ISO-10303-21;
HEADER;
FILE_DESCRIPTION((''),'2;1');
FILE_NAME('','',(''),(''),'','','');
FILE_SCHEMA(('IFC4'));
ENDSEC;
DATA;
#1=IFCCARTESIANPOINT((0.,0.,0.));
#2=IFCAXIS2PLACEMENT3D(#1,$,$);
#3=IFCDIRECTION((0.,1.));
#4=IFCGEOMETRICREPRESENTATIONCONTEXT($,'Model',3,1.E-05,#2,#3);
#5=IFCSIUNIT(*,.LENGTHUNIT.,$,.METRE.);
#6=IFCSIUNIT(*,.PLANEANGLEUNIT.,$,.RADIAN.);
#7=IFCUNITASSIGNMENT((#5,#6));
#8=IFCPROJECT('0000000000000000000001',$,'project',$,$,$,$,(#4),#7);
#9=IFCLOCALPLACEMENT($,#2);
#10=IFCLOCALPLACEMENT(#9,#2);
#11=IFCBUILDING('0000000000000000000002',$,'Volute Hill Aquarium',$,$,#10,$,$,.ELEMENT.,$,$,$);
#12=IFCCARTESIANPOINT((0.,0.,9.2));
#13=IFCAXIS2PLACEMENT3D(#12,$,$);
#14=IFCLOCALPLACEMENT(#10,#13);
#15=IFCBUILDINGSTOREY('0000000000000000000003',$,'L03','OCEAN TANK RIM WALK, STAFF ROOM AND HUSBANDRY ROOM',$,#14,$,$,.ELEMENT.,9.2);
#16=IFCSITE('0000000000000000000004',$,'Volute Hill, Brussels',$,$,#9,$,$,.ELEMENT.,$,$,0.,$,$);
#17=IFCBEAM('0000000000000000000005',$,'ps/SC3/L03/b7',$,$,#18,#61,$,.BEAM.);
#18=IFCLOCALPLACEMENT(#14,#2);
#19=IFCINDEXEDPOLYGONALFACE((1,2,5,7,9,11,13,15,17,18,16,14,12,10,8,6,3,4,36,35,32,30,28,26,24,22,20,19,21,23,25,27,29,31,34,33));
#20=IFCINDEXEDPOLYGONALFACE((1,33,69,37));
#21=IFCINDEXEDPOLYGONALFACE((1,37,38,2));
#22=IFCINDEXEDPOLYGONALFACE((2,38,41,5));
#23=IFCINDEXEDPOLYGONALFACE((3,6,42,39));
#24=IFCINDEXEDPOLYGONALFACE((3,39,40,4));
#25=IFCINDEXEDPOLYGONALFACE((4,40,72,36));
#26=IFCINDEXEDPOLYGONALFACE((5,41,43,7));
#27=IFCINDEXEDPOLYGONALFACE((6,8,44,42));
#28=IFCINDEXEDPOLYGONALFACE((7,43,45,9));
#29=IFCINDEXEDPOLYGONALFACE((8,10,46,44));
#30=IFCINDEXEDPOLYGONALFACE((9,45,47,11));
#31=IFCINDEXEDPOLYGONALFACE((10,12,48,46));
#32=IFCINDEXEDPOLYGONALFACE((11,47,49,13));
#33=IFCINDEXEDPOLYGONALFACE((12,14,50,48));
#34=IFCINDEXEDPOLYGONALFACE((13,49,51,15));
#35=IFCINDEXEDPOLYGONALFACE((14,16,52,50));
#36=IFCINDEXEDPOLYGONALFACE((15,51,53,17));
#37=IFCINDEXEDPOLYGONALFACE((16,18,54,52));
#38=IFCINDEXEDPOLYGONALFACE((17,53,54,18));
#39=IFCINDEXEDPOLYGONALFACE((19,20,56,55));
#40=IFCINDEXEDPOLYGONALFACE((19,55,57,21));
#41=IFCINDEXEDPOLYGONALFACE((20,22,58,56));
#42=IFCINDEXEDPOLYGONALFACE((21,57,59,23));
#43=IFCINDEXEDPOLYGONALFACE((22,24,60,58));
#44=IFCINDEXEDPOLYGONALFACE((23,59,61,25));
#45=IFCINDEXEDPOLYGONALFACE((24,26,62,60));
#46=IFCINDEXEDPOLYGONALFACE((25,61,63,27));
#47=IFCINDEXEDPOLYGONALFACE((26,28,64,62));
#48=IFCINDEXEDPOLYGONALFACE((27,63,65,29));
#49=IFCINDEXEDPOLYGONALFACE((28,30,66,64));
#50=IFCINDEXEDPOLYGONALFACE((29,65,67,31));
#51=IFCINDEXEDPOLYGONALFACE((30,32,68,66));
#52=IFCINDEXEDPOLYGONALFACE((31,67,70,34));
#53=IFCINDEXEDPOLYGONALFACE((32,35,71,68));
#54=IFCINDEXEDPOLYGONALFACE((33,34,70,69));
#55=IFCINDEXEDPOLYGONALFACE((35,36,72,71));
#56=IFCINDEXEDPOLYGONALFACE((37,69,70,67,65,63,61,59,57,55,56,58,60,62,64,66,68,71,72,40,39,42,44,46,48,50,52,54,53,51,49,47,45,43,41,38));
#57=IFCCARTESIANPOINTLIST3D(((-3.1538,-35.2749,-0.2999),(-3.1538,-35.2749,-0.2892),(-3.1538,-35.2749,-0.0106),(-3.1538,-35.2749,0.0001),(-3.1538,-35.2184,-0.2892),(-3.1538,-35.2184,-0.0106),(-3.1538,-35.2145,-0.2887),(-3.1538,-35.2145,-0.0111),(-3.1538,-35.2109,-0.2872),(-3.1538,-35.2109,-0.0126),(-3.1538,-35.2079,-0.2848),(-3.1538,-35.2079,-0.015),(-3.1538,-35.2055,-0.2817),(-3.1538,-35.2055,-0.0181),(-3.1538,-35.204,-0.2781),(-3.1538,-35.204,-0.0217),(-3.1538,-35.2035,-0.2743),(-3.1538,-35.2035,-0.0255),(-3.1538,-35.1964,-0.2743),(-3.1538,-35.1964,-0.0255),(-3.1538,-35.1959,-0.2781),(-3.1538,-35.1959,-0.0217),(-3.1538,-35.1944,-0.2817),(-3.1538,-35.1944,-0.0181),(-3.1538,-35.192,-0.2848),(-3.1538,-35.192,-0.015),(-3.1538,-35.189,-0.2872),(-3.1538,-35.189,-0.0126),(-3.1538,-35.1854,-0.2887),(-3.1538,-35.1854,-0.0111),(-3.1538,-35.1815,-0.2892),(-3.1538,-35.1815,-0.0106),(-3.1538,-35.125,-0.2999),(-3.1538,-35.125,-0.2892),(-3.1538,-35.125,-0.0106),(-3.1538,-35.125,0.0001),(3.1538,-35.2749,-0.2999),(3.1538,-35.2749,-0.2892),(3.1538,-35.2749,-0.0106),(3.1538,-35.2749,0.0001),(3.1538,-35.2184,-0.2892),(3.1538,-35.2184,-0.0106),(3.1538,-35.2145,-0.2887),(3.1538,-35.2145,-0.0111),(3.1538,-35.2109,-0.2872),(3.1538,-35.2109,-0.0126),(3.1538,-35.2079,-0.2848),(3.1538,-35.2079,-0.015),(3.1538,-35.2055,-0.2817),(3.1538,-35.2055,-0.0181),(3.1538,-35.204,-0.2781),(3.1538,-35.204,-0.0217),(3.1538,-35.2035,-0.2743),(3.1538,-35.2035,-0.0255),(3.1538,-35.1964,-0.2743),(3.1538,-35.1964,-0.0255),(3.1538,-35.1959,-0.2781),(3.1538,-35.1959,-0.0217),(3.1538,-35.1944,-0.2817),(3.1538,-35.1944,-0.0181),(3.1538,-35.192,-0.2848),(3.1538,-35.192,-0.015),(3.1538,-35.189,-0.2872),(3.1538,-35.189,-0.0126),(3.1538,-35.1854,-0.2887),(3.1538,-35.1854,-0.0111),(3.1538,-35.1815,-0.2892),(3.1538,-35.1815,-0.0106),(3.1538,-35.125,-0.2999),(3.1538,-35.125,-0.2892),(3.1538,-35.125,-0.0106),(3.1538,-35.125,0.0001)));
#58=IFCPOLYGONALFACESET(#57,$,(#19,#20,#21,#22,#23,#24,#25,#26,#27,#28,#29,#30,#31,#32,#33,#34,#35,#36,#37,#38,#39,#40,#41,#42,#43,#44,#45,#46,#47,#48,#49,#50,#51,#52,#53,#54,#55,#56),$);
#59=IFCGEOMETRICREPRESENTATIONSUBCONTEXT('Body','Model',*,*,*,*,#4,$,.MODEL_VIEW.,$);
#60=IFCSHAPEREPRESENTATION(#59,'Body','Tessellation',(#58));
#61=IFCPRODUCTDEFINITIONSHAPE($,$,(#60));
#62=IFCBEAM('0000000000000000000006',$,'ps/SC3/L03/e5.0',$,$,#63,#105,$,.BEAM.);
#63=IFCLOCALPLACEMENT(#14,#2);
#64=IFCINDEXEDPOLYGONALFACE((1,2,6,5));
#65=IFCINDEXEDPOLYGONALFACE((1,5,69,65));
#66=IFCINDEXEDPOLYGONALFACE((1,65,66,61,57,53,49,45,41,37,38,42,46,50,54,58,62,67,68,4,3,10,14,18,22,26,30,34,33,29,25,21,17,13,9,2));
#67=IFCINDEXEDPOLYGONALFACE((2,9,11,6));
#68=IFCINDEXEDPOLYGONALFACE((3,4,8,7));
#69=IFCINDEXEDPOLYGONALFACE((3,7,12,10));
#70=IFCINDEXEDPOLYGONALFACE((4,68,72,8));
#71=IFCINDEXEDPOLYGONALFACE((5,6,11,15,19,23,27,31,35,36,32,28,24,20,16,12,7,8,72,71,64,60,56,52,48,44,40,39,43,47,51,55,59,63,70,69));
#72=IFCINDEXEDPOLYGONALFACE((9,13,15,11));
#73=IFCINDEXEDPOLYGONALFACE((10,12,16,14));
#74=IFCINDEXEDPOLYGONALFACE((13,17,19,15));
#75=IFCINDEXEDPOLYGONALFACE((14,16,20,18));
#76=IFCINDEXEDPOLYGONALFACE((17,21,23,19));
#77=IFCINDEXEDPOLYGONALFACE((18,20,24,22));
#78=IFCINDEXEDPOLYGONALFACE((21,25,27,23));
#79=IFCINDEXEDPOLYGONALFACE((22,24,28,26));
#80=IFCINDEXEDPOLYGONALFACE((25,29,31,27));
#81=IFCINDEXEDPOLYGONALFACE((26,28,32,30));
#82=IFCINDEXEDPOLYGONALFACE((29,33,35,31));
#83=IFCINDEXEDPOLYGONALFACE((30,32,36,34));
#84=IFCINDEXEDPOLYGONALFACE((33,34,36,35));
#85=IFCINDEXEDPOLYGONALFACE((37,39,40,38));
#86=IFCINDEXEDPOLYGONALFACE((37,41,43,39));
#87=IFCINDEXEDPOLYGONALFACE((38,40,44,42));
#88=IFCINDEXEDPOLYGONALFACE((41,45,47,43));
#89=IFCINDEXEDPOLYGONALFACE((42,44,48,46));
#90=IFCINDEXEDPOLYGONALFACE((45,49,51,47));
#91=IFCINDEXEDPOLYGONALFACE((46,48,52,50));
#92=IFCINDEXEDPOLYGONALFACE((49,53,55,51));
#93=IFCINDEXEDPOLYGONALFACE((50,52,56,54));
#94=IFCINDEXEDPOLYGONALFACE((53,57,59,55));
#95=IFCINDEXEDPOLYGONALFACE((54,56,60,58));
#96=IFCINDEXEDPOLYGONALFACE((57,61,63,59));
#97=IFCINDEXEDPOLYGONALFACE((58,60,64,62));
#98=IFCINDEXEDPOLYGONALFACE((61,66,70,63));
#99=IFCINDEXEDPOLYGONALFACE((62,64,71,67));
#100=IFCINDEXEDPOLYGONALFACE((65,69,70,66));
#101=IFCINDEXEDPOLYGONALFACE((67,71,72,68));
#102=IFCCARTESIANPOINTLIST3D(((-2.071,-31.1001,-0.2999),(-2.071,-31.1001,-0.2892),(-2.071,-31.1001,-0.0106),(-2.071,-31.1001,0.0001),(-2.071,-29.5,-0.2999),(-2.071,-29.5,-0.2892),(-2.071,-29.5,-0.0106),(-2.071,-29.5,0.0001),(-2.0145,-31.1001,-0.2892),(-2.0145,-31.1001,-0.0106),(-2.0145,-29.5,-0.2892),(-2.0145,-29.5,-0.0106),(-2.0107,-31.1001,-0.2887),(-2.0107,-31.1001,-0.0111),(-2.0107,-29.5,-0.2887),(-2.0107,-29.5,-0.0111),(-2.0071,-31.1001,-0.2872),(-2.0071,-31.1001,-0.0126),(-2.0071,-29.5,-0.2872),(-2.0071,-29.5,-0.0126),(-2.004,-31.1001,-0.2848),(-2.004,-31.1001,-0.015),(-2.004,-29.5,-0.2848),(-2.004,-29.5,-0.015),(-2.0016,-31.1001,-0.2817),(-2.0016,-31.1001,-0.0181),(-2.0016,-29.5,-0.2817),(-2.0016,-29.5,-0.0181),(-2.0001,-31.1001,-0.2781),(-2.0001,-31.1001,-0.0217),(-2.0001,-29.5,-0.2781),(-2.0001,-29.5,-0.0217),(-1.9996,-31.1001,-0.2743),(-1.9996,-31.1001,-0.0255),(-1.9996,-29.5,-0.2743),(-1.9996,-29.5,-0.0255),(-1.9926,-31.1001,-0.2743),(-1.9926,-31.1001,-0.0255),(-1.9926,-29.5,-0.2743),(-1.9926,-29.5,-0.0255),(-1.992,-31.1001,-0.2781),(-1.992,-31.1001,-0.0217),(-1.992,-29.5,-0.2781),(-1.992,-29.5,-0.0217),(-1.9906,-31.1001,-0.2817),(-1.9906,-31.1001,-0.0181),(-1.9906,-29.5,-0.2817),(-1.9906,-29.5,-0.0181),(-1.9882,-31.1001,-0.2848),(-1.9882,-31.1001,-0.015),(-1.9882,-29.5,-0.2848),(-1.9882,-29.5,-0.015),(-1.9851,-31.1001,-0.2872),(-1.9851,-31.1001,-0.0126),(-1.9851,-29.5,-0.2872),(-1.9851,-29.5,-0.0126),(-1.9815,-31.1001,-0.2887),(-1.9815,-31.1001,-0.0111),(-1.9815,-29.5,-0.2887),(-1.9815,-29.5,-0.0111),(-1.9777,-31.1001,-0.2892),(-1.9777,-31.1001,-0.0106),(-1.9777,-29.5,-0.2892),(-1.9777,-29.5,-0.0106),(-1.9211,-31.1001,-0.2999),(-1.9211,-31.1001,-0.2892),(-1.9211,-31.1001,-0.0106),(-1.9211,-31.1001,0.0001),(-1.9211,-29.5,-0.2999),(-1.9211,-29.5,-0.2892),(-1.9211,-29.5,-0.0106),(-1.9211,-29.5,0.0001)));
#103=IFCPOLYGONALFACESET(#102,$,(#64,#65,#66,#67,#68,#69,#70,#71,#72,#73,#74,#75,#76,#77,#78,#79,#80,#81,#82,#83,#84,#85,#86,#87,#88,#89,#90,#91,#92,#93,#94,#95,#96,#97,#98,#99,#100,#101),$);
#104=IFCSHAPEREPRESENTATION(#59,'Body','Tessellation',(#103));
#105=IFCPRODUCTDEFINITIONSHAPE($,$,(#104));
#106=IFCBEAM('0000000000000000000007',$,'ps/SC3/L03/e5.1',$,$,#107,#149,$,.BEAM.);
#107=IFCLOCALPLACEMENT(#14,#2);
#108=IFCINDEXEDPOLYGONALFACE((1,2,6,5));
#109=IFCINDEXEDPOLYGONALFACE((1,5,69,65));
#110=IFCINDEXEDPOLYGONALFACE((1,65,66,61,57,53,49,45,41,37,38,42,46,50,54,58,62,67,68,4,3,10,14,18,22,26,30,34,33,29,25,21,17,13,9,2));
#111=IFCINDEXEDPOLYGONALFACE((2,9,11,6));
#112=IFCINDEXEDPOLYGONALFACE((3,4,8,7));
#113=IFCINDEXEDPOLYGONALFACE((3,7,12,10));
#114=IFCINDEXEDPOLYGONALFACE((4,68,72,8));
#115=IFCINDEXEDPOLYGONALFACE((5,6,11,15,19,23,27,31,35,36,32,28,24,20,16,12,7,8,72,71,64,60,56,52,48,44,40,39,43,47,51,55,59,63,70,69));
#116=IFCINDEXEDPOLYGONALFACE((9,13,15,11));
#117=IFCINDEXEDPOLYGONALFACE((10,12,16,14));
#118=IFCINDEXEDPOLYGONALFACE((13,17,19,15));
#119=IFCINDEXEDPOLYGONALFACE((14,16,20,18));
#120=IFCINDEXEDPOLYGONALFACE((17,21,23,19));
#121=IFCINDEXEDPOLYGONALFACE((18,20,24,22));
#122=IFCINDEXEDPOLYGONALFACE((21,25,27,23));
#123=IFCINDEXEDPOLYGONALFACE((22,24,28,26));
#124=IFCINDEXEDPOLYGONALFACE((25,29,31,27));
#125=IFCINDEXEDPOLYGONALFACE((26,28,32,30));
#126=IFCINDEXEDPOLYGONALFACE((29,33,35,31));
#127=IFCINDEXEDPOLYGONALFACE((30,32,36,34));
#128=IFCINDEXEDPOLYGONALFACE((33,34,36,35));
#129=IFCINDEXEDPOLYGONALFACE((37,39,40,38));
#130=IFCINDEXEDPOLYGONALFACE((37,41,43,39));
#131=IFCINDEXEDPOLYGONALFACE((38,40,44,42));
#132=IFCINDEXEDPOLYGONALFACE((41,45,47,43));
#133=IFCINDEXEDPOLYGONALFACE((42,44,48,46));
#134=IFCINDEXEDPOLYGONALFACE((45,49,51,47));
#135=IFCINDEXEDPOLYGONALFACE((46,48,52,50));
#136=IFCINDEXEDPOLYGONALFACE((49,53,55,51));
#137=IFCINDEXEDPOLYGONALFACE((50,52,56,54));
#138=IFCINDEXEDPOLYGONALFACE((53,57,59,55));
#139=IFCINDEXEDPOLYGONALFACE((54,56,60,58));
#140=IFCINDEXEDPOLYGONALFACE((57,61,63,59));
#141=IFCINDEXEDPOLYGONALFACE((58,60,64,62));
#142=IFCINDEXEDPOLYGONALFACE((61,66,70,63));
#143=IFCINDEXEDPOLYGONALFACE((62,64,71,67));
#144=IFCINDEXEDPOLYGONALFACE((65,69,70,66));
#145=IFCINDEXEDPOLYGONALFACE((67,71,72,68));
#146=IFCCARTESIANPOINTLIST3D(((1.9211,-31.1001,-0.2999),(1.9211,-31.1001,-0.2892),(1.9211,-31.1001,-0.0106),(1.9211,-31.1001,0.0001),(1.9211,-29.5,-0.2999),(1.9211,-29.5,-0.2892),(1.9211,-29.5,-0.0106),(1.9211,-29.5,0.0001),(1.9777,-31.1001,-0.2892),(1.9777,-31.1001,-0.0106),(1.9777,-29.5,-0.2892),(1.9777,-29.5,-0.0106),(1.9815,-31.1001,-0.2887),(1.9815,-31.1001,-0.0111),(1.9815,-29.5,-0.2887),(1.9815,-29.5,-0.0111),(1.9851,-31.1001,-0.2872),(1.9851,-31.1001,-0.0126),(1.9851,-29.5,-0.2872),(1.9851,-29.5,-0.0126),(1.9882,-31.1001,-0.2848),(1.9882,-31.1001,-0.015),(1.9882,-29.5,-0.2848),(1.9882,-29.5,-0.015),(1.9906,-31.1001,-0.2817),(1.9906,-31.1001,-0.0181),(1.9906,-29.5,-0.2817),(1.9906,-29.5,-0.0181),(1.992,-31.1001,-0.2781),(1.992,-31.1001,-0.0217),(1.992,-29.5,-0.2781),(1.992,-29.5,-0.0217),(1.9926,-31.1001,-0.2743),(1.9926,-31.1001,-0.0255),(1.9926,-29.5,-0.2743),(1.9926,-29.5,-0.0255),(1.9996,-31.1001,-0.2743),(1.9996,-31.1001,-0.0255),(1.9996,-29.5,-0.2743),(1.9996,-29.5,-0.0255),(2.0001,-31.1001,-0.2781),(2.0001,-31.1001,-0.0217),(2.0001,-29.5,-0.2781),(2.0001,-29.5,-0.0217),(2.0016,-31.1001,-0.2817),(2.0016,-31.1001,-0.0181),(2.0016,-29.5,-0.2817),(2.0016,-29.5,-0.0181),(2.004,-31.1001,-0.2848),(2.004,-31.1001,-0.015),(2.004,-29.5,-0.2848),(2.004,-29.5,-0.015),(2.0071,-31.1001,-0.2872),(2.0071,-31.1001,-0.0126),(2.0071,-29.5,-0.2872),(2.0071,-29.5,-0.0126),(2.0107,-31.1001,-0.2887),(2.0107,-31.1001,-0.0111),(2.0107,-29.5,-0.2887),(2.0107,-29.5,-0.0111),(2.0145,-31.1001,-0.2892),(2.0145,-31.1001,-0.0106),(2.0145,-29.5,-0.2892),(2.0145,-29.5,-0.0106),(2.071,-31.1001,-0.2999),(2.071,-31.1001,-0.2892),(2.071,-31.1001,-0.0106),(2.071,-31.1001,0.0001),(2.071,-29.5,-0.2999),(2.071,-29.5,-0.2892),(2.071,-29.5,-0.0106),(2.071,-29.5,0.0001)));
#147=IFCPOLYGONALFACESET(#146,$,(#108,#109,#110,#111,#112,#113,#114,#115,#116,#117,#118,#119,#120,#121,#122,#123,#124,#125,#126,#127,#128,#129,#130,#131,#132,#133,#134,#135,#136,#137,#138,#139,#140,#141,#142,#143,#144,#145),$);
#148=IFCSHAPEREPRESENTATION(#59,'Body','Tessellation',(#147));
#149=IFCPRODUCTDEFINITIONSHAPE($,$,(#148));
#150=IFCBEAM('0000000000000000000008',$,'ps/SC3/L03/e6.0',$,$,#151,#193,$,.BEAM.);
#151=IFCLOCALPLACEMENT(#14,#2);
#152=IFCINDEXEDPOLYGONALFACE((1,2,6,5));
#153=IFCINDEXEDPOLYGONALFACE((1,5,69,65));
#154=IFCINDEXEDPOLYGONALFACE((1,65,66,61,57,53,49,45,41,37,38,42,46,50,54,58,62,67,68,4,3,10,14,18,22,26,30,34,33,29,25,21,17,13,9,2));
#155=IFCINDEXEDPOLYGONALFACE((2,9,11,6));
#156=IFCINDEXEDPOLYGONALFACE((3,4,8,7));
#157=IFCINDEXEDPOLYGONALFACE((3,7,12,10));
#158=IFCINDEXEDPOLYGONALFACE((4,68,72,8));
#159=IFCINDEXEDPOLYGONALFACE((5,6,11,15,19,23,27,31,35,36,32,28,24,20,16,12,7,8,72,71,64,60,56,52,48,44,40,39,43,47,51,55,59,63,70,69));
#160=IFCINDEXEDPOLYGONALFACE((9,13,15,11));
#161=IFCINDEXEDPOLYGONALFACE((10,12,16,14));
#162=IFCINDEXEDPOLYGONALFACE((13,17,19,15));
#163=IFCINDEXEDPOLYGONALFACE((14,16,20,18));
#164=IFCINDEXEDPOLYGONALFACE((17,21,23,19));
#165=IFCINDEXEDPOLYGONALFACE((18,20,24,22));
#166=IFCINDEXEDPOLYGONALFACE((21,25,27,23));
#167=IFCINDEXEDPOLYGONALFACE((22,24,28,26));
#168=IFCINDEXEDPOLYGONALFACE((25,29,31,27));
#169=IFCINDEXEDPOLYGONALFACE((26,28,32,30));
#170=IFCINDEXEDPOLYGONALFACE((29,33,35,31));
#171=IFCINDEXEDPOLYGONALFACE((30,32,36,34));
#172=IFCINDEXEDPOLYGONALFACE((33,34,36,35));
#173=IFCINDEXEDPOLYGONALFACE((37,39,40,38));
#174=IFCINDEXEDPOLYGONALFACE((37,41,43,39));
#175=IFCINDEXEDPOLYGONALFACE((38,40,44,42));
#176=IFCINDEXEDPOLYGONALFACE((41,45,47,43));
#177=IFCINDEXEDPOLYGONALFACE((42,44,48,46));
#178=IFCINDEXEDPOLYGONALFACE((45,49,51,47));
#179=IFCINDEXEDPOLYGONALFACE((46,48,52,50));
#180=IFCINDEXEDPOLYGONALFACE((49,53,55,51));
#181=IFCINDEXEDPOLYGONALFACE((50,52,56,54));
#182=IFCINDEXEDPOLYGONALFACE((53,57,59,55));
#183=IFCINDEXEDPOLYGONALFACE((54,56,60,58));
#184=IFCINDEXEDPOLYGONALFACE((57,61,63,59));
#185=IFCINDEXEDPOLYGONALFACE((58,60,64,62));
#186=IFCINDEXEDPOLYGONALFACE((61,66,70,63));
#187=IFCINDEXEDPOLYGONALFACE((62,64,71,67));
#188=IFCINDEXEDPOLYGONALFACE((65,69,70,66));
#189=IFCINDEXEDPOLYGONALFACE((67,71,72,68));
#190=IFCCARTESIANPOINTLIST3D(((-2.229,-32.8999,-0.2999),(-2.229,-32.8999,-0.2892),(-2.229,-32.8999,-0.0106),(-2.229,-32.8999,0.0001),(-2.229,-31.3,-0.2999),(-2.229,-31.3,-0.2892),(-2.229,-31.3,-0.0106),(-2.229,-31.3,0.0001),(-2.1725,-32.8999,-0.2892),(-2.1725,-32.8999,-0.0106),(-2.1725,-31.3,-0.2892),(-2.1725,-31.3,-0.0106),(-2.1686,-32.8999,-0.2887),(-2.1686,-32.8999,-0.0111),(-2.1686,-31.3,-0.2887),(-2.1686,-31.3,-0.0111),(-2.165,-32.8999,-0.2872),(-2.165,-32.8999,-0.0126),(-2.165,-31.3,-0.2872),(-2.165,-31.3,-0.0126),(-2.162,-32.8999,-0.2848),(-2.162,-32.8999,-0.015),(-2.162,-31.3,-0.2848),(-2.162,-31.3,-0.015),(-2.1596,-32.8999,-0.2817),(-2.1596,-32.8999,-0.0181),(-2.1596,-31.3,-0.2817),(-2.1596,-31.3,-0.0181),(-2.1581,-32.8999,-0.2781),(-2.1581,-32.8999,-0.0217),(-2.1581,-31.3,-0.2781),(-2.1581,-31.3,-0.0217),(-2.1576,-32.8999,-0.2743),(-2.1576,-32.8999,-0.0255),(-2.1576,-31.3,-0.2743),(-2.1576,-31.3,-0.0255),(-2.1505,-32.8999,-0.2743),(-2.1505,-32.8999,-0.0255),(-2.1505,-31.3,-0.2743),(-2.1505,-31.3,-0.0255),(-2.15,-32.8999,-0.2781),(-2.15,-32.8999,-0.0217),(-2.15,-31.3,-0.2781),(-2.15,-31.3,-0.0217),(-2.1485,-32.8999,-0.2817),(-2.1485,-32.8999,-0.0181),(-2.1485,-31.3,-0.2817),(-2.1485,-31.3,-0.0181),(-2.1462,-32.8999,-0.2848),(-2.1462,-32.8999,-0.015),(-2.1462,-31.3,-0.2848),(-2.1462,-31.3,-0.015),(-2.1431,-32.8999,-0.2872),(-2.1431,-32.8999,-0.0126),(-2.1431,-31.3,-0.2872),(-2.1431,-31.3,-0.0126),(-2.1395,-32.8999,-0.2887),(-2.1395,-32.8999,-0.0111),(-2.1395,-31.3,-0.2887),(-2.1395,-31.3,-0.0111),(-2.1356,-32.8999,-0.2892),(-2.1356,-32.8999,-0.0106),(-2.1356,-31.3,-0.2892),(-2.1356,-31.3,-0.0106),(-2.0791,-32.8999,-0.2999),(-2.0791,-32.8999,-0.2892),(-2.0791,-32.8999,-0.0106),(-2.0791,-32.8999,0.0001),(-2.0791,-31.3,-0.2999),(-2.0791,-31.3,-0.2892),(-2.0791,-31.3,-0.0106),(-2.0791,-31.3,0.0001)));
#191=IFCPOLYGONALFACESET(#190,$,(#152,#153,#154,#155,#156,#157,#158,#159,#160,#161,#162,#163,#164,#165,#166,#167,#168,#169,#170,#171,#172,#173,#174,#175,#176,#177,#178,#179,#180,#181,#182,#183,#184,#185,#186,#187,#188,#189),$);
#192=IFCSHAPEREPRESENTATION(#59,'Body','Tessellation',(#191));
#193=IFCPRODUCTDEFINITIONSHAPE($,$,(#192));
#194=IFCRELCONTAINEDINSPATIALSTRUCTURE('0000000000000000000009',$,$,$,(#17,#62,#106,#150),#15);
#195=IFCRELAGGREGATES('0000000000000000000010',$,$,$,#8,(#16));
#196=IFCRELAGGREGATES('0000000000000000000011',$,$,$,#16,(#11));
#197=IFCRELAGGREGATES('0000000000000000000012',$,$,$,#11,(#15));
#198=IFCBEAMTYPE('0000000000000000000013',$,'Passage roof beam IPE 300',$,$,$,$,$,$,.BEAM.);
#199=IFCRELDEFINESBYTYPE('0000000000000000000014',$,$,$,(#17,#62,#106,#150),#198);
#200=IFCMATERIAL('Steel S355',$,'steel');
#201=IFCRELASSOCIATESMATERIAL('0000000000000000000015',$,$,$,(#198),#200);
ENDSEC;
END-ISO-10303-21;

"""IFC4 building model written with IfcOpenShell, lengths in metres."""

from ifc_helpers import new_model, si_unit, direction, frame, origin, origin_2d, place, context, subcontext, project, spatial, i_section, extrude, material, material_profile, profile_set, type_object, element, save


model = new_model("IFC4")

# Units and contexts
model_context = context("Model", 3, precision=1e-05, world=origin(), true_north=direction((0.0, 1.0)))
body_context = subcontext(model_context, "Body", "Model", "MODEL_VIEW")
ifc_project = project(units=[si_unit("LENGTHUNIT", "METRE"), si_unit("PLANEANGLEUNIT", "RADIAN")], contexts=[model_context])

# Site, building, storey
site_placement = place(None, origin())
site = spatial("IfcSite", under=ifc_project, at=site_placement, Name="Volute Hill, Brussels", CompositionType="ELEMENT", RefElevation=0.0)
building_placement = place(site_placement, origin())
building = spatial("IfcBuilding", under=site, at=building_placement, Name="Volute Hill Aquarium", CompositionType="ELEMENT")
storey_placement = place(building_placement, frame((0.0, 0.0, 9.2)))
storey = spatial("IfcBuildingStorey", under=building, at=storey_placement, Name="L03", Description="OCEAN TANK RIM WALK, STAFF ROOM AND HUSBANDRY ROOM", CompositionType="ELEMENT", Elevation=9.2)

# Beams
ifc_material_1 = material(Name="Steel S355", Category="steel")
ifc_material_profile_1 = material_profile(ifc_material_1, i_section(OverallWidth=0.1499, OverallDepth=0.3, WebThickness=0.0071, FlangeThickness=0.0107, FilletRadius=0.0149, at=origin_2d()), Name="IPE 300")
ifc_profile_set_1 = profile_set([ifc_material_profile_1], Name="Steel S355")
beam_type_1 = type_object("IfcBeamType", Name="Passage roof beam IPE 300", PredefinedType="BEAM", material=ifc_profile_set_1)
beam_1_placement = place(storey_placement, frame((-3.1538, -35.2, -0.1499), z_axis=(1.0, 0.0, 0.0), x_axis=(0.0, 1.0, 0.0)))
element("IfcBeam", 1, at=beam_1_placement, inside=storey, type_object=beam_type_1, Name="ps/SC3/L03/b7", PredefinedType="BEAM", context=body_context, shape_type="SweptSolid", body=[
    extrude(i_section(OverallWidth=0.1499, OverallDepth=0.3, WebThickness=0.0071, FlangeThickness=0.0107, FilletRadius=0.0149, at=origin_2d()), origin(), (0.0, 0.0, 1.0), 6.3076),
])
for number, where, z_axis, x_axis, name in (
    (2, (-1.9961, -29.5, -0.1499), (0.0, -1.0, 0.0), (1.0, 0.0, 0.0), "ps/SC3/L03/e5.0"),
    (3, (1.9961, -29.5, -0.1499), (0.0, -1.0, 0.0), (1.0, 0.0, 0.0), "ps/SC3/L03/e5.1"),
):
    element("IfcBeam", number, at=place(storey_placement, frame(where, z_axis=z_axis, x_axis=x_axis)), inside=storey, type_object=beam_type_1, Name=name, PredefinedType="BEAM", context=body_context, shape_type="SweptSolid", body=[
        extrude(i_section(OverallWidth=0.1499, OverallDepth=0.3, WebThickness=0.0071, FlangeThickness=0.0107, FilletRadius=0.0149, at=origin_2d()), origin(), (0.0, 0.0, 1.0), 1.6001),
    ])
for number, where, z_axis, x_axis, name in (
    (4, (-2.1541, -31.3, -0.1499), (0.0, -1.0, 0.0), (1.0, 0.0, 0.0), "ps/SC3/L03/e6.0"),
):
    element("IfcBeam", number, at=place(storey_placement, frame(where, z_axis=z_axis, x_axis=x_axis)), inside=storey, type_object=beam_type_1, Name=name, PredefinedType="BEAM", context=body_context, shape_type="SweptSolid", body=[
        extrude(i_section(OverallWidth=0.1499, OverallDepth=0.3, WebThickness=0.0071, FlangeThickness=0.0107, FilletRadius=0.0149, at=origin_2d()), origin(), (0.0, 0.0, 1.0), 1.5999),
    ])

save(model, "model.ifc")
